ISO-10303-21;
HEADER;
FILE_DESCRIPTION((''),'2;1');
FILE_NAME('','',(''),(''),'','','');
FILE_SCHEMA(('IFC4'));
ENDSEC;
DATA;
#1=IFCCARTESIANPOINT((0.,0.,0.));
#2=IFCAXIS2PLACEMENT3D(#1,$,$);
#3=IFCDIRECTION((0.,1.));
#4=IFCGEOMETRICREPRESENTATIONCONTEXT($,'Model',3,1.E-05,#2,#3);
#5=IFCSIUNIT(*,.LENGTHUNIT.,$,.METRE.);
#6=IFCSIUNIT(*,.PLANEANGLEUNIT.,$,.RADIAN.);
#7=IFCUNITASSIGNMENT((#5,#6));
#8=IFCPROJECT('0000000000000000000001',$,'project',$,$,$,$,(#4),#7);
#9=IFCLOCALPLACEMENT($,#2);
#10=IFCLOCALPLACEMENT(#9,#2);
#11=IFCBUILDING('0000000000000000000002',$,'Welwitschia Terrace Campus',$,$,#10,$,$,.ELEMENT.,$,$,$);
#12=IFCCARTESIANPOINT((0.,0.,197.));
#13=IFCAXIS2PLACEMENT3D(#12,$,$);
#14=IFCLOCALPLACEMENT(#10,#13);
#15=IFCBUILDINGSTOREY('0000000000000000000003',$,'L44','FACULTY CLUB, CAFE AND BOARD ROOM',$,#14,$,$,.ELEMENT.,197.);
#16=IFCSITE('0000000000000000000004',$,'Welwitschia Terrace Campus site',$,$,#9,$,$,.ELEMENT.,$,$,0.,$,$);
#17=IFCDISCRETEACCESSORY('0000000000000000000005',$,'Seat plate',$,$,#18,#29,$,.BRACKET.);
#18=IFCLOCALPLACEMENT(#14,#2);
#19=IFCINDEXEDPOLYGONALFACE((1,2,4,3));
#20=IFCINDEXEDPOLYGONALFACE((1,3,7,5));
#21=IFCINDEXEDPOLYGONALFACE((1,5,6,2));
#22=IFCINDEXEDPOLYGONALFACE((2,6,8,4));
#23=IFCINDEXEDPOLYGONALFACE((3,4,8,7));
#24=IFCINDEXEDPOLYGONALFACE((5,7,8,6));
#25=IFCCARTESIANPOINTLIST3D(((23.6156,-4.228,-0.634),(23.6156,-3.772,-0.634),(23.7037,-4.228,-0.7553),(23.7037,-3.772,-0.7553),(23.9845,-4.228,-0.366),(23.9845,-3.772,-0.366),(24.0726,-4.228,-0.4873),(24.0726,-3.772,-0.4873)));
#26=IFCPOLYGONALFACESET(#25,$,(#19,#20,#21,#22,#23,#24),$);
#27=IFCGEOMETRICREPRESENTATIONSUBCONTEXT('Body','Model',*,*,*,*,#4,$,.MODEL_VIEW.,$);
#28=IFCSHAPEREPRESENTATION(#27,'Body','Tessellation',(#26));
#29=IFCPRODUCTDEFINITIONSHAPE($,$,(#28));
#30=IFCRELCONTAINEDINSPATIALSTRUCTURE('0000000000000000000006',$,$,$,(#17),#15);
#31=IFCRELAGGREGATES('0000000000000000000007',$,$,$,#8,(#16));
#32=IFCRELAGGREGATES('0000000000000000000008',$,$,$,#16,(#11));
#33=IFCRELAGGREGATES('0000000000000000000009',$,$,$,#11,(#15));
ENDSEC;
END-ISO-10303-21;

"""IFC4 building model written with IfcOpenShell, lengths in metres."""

from ifc_helpers import new_model, si_unit, direction, frame, origin, origin_2d, place, context, subcontext, project, spatial, rectangle, extrude, element, save


model = new_model("IFC4")

# Units and contexts
model_context = context("Model", 3, precision=1e-05, world=origin(), true_north=direction((0.0, 1.0)))
body_context = subcontext(model_context, "Body", "Model", "MODEL_VIEW")
ifc_project = project(units=[si_unit("LENGTHUNIT", "METRE"), si_unit("PLANEANGLEUNIT", "RADIAN")], contexts=[model_context])

# Site, building, storey
site_placement = place(None, origin())
site = spatial("IfcSite", under=ifc_project, at=site_placement, Name="Welwitschia Terrace Campus site", CompositionType="ELEMENT", RefElevation=0.0)
building_placement = place(site_placement, origin())
building = spatial("IfcBuilding", under=site, at=building_placement, Name="Welwitschia Terrace Campus", CompositionType="ELEMENT")
storey_placement = place(building_placement, frame((0.0, 0.0, 197.0)))
storey = spatial("IfcBuildingStorey", under=building, at=storey_placement, Name="L44", Description="FACULTY CLUB, CAFE AND BOARD ROOM", CompositionType="ELEMENT", Elevation=197.0)

# Discrete accessory
for number, where, z_axis, x_axis, name in (
    (1, (23.8, -4.0, -0.5), (0.587688, 0.0, -0.809088), (0.0, 1.0, 0.0), "Seat plate"),
):
    element("IfcDiscreteAccessory", number, at=place(storey_placement, frame(where, z_axis=z_axis, x_axis=x_axis)), inside=storey, Name=name, PredefinedType="BRACKET", context=body_context, shape_type="SweptSolid", body=[
        extrude(rectangle(XDim=0.4561, YDim=0.4561, at=origin_2d()), origin(), (0.0, 0.0, 1.0), 0.1499),
    ])

save(model, "model.ifc")
